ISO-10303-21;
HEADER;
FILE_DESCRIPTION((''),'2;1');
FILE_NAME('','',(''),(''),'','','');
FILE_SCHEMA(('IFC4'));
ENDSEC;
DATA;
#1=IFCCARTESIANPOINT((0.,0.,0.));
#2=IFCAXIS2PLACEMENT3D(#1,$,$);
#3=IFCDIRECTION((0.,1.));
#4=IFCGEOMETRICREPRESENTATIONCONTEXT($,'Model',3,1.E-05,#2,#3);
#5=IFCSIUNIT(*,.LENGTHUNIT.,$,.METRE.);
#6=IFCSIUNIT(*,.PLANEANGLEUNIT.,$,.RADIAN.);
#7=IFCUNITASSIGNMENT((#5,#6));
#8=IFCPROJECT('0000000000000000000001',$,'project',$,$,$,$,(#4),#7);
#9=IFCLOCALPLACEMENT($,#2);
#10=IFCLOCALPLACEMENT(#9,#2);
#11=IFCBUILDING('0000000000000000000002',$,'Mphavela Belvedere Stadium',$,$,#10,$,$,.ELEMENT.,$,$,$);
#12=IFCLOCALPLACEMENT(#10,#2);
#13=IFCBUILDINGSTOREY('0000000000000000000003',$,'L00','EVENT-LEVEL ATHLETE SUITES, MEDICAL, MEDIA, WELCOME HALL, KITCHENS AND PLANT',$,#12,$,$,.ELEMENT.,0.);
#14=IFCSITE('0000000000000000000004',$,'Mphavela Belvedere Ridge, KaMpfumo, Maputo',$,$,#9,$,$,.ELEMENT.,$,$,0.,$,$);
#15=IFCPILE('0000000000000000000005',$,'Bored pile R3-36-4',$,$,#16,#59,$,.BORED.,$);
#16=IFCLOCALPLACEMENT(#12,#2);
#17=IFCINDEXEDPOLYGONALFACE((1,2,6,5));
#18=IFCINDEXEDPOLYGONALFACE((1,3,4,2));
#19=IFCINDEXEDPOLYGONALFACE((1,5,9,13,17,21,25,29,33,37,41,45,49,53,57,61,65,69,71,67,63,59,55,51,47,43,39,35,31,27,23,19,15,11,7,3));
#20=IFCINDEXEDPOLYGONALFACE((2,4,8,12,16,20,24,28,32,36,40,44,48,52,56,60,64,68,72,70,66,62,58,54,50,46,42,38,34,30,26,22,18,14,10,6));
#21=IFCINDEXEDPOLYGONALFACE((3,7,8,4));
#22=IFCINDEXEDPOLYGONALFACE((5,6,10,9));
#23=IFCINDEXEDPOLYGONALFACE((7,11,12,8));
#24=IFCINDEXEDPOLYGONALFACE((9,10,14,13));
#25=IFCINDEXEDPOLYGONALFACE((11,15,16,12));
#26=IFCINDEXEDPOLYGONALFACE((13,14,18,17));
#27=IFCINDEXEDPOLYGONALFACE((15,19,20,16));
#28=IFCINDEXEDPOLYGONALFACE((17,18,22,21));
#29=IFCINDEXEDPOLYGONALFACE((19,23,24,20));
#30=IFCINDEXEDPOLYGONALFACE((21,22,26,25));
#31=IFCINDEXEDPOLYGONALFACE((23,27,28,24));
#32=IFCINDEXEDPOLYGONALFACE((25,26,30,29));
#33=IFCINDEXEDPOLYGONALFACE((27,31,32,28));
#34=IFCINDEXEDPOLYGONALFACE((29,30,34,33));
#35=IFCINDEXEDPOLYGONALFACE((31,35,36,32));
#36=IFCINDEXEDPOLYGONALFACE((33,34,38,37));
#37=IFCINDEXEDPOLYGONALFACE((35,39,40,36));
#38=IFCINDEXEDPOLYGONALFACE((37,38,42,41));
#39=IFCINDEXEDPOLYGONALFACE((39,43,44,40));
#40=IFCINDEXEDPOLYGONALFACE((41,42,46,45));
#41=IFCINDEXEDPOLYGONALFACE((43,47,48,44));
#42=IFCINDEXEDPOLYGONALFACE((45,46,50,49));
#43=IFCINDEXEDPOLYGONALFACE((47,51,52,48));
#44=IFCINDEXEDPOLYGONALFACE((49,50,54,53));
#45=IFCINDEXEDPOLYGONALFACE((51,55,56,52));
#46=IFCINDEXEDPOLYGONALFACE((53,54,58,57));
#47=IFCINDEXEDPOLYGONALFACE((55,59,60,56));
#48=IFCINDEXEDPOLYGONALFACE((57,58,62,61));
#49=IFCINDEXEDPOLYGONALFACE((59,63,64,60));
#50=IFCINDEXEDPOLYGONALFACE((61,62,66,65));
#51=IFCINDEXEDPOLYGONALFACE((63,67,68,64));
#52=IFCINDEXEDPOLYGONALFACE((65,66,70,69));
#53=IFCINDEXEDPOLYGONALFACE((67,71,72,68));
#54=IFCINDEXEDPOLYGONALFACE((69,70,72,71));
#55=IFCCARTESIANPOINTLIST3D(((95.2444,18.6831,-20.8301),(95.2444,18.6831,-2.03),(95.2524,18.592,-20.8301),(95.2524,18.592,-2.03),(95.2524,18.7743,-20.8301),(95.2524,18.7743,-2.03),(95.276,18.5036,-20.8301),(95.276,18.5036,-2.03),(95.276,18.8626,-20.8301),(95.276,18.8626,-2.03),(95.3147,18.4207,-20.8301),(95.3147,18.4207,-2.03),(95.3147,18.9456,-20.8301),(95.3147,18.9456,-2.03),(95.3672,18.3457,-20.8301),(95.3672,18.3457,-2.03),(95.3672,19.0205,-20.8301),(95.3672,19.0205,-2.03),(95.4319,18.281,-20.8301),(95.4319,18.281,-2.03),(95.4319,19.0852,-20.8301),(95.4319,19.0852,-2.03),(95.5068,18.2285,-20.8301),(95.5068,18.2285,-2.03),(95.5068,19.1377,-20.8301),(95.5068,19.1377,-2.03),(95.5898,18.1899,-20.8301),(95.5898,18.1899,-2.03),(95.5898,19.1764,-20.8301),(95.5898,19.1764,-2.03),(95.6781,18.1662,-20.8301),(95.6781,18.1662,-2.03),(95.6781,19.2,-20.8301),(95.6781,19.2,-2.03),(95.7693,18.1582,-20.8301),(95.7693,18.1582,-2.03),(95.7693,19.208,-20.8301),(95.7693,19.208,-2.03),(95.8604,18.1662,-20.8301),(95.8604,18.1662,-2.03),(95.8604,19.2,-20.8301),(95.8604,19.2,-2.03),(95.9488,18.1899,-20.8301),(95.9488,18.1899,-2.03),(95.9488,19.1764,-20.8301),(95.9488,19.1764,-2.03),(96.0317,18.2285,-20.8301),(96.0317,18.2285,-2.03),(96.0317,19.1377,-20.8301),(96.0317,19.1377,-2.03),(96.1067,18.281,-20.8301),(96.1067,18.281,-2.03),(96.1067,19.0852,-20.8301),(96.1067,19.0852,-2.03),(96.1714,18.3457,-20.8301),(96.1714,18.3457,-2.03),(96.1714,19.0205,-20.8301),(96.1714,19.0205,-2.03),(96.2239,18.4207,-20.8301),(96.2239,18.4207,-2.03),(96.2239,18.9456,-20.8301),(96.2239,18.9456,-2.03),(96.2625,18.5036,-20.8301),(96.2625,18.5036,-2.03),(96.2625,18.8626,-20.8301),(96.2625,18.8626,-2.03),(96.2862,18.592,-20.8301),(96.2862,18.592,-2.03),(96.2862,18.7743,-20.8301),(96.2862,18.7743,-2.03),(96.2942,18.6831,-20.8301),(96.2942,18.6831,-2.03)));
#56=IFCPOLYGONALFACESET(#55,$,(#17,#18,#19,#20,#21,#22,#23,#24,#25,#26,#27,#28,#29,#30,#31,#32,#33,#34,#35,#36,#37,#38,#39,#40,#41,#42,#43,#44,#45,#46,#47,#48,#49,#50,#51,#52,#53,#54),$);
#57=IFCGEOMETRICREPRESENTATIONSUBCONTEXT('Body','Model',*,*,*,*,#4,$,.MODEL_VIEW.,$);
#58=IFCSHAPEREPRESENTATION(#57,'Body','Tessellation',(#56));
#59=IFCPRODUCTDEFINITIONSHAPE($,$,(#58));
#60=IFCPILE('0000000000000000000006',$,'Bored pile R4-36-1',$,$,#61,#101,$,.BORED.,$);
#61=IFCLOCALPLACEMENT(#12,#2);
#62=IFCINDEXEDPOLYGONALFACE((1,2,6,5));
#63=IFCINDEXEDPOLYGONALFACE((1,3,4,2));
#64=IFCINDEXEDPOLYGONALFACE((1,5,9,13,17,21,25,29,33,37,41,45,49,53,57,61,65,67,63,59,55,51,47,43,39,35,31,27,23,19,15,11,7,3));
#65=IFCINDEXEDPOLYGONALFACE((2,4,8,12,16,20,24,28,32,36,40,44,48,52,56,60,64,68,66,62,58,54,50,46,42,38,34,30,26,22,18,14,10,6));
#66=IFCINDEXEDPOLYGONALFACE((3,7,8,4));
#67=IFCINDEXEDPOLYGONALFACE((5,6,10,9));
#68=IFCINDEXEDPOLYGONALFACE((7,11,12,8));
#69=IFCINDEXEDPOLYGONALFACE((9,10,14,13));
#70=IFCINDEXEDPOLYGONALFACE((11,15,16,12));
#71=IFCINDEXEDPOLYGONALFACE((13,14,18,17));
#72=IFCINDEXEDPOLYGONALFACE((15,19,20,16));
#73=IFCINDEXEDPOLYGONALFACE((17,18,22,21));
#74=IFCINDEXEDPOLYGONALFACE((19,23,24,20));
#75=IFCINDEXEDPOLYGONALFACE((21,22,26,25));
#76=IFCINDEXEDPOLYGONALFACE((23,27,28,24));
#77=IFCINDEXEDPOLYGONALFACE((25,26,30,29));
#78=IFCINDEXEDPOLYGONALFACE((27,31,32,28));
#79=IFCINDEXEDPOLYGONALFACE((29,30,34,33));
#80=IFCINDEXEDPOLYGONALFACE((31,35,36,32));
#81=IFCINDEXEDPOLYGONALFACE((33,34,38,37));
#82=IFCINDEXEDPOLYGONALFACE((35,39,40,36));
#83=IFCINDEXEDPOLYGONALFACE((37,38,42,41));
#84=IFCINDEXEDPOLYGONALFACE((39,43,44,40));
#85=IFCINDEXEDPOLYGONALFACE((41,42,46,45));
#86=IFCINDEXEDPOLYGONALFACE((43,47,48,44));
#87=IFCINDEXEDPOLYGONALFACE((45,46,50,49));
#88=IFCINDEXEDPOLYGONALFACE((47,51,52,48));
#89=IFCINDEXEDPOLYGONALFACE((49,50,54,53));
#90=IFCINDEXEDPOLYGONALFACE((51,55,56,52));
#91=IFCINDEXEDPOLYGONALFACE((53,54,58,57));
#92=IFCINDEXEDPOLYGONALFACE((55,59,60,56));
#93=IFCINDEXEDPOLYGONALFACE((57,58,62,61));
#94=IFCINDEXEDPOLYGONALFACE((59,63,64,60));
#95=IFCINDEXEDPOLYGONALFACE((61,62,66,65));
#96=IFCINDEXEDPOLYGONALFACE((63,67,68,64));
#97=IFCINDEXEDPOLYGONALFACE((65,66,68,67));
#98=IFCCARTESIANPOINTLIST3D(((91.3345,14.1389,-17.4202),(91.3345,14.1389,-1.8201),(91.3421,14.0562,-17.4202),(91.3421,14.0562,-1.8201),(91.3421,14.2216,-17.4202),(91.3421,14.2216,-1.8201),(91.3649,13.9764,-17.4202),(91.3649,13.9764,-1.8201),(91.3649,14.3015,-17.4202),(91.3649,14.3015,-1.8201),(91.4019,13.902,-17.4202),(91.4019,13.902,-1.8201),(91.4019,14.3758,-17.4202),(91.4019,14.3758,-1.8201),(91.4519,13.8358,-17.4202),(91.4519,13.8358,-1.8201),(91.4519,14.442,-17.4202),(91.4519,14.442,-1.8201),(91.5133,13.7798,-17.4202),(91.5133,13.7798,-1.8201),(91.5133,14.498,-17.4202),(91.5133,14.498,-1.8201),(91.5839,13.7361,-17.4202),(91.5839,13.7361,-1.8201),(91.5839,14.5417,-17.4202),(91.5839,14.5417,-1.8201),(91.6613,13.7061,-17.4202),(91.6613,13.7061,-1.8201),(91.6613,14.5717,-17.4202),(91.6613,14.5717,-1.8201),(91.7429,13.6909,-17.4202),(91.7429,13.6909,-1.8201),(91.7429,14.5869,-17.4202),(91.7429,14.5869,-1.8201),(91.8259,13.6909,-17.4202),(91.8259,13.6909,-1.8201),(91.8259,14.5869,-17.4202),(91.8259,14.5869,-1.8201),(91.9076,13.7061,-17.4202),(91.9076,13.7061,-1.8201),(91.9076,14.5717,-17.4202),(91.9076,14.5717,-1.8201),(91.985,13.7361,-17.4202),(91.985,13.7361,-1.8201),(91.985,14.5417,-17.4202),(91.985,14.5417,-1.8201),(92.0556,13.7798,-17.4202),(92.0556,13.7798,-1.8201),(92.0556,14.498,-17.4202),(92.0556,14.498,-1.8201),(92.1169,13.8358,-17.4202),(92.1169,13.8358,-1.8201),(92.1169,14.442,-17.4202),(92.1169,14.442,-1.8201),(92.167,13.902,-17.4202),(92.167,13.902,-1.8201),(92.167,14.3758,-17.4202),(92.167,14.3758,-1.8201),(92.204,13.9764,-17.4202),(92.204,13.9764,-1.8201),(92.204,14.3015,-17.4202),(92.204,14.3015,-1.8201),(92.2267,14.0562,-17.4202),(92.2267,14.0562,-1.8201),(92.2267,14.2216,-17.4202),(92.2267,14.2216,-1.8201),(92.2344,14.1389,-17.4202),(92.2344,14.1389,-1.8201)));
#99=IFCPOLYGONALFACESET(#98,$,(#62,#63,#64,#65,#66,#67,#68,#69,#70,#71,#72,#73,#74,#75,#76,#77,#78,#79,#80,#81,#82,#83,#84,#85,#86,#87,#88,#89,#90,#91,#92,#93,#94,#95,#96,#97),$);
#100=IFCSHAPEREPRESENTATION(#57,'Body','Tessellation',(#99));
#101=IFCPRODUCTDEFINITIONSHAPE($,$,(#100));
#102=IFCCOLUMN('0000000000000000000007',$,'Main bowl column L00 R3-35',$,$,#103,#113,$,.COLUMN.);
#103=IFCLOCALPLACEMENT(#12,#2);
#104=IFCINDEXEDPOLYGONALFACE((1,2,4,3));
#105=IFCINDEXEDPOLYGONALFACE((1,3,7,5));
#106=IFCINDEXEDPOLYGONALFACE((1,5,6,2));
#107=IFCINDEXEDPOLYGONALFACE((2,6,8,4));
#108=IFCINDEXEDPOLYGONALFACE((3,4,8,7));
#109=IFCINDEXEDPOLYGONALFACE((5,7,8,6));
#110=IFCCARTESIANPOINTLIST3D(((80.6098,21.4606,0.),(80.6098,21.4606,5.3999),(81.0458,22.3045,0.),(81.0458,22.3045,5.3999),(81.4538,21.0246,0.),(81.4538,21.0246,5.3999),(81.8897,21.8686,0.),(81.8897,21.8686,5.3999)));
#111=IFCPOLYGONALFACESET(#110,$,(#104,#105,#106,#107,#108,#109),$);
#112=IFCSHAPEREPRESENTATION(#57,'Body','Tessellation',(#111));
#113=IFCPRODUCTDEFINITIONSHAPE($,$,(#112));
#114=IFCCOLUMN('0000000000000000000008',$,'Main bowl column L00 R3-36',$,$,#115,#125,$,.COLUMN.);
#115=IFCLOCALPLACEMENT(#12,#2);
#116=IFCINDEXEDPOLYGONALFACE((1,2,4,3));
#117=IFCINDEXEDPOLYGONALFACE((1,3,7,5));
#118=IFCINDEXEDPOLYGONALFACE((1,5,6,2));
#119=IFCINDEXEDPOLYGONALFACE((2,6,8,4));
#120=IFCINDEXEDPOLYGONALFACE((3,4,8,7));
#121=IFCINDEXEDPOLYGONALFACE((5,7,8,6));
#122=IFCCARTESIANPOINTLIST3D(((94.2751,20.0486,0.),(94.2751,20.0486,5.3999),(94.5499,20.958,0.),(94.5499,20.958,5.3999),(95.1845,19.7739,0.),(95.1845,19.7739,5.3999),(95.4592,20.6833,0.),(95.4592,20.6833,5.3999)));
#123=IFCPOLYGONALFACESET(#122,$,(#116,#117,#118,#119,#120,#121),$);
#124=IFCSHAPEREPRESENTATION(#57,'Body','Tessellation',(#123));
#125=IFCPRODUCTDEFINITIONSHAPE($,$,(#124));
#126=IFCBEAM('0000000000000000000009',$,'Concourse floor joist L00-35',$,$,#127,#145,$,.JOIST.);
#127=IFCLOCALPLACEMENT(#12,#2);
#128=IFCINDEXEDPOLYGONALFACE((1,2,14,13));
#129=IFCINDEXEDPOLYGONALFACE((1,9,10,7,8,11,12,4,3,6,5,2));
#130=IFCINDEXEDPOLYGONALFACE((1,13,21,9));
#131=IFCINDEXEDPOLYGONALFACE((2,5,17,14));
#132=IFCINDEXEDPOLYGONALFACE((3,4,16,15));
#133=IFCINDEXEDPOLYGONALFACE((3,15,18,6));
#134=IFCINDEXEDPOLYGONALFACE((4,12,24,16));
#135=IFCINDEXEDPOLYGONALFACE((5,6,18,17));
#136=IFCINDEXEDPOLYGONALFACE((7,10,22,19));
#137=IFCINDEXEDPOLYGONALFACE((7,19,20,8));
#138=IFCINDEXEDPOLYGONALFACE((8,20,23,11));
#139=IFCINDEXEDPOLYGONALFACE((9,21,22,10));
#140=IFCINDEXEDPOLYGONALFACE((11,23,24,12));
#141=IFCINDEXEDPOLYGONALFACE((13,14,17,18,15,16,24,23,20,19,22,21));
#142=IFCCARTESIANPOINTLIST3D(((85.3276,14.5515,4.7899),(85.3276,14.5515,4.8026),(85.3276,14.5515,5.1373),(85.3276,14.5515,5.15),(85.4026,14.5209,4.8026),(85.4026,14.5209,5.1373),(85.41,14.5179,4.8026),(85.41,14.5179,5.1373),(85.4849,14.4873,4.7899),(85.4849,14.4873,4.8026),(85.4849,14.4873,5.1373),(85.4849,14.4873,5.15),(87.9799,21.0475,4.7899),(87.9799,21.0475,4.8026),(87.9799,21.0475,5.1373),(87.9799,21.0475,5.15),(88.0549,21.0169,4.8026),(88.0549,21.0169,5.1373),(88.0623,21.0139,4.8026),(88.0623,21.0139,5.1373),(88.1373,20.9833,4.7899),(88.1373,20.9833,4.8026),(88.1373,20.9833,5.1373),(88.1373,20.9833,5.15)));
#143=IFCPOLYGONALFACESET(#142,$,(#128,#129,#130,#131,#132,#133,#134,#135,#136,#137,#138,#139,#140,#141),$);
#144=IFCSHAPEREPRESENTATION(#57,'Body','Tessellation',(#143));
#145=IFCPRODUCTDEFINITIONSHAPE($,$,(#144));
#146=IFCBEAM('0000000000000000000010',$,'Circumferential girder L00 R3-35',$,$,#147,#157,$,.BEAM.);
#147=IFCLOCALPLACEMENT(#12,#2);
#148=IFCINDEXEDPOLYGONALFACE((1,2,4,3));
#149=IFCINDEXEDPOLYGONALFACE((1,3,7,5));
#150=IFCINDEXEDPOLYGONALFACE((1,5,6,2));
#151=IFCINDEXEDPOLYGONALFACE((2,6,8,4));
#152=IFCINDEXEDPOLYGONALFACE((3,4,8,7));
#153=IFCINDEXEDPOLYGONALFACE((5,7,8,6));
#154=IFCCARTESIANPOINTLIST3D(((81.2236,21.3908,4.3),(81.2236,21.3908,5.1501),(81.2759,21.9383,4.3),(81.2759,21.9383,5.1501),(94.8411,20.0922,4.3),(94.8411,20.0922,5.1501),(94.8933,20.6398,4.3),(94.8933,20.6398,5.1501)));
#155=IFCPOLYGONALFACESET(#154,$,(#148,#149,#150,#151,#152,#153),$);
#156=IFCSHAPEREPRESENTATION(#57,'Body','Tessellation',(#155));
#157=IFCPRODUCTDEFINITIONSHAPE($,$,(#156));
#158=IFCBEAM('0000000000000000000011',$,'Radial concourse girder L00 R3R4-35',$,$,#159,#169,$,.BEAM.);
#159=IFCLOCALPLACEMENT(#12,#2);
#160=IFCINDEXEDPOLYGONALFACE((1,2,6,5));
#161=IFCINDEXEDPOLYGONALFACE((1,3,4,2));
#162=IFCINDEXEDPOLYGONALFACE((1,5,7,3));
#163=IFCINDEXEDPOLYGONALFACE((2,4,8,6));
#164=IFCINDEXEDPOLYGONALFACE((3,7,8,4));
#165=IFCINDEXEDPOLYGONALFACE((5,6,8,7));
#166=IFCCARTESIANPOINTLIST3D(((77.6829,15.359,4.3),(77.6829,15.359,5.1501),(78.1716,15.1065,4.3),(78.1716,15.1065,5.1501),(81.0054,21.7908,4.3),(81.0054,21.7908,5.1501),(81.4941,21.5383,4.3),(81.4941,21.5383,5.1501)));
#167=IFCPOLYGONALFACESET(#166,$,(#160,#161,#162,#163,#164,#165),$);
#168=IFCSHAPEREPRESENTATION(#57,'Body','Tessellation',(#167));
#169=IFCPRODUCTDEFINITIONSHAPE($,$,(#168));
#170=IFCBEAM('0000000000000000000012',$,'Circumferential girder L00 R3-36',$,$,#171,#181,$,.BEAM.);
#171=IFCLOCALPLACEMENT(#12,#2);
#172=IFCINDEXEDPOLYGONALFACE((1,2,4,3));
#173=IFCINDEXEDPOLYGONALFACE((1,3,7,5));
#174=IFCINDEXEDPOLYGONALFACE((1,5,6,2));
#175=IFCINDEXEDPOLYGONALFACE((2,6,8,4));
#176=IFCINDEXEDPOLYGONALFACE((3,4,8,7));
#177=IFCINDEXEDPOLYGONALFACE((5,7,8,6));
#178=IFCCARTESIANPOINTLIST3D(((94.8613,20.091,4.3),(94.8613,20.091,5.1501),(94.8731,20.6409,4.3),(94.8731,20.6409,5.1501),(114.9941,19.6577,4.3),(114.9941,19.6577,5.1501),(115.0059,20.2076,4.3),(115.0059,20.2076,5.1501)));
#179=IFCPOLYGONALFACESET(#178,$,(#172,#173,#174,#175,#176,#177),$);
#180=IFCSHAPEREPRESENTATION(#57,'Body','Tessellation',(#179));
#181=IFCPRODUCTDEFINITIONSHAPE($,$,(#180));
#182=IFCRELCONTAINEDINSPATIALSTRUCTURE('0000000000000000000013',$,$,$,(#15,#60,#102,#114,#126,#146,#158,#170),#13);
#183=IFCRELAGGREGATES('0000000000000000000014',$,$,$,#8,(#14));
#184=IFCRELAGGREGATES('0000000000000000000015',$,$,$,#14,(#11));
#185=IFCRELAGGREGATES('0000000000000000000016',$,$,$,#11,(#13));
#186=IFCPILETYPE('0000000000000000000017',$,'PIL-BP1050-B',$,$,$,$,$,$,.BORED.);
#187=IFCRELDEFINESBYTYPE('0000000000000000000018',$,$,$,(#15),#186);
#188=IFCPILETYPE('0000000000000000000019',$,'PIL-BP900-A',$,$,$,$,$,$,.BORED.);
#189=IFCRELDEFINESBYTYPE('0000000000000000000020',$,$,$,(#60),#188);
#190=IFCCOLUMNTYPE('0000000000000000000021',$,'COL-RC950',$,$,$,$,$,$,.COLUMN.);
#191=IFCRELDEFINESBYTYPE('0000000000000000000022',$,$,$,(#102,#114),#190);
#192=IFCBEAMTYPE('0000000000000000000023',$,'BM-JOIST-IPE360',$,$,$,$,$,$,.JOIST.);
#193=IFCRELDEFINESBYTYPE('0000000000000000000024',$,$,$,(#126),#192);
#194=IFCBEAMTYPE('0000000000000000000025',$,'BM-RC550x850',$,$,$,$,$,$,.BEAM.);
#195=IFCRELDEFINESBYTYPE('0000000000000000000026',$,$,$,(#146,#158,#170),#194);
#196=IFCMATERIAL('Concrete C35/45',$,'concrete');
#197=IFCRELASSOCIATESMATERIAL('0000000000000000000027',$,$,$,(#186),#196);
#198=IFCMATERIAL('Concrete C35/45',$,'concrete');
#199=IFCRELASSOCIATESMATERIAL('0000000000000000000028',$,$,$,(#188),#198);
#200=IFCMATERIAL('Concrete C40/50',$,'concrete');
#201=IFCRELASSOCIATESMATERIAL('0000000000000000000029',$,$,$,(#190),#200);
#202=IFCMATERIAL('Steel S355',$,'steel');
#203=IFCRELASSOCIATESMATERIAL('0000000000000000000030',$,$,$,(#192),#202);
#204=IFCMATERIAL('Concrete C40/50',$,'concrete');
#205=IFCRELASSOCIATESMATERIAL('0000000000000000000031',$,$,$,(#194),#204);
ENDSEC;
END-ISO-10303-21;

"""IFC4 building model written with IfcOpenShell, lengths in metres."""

from ifc_helpers import new_model, si_unit, direction, frame, origin, origin_2d, place, context, subcontext, project, spatial, rectangle, circle, i_section, extrude, material, material_profile, profile_set, type_object, element, save


model = new_model("IFC4")

# Units and contexts
model_context = context("Model", 3, precision=1e-05, world=origin(), true_north=direction((0.0, 1.0)))
body_context = subcontext(model_context, "Body", "Model", "MODEL_VIEW")
ifc_project = project(units=[si_unit("LENGTHUNIT", "METRE"), si_unit("PLANEANGLEUNIT", "RADIAN")], contexts=[model_context])

# Site, building, storey
site_placement = place(None, origin())
site = spatial("IfcSite", under=ifc_project, at=site_placement, Name="Mphavela Belvedere Ridge, KaMpfumo, Maputo", CompositionType="ELEMENT", RefElevation=0.0)
building_placement = place(site_placement, origin())
building = spatial("IfcBuilding", under=site, at=building_placement, Name="Mphavela Belvedere Stadium", CompositionType="ELEMENT")
storey_placement = place(building_placement, origin())
storey = spatial("IfcBuildingStorey", under=building, at=storey_placement, Name="L00", Description="EVENT-LEVEL ATHLETE SUITES, MEDICAL, MEDIA, WELCOME HALL, KITCHENS AND PLANT", CompositionType="ELEMENT", Elevation=0.0)

# Piles
ifc_material_1 = material(Name="Concrete C35/45", Category="concrete")
ifc_material_profile_1 = material_profile(ifc_material_1, circle(Radius=0.5249, at=origin_2d()), Name="BP D1050")
ifc_profile_set_1 = profile_set([ifc_material_profile_1], Name="Concrete C35/45")
pile_type_1 = type_object("IfcPileType", Name="PIL-BP1050-B", PredefinedType="BORED", material=ifc_profile_set_1)
for number, where, z_axis, x_axis, name in (
    (1, (95.7693, 18.6831, -2.03), (0.0, 0.0, -1.0), (1.0, 0.0, 0.0), "Bored pile R3-36-4"),
):
    element("IfcPile", number, at=place(storey_placement, frame(where, z_axis=z_axis, x_axis=x_axis)), inside=storey, type_object=pile_type_1, Name=name, PredefinedType="BORED", context=body_context, shape_type="SweptSolid", body=[
        extrude(circle(Radius=0.5249, at=origin_2d()), origin(), (0.0, 0.0, 1.0), 18.8),
    ])
ifc_material_2 = material(Name="Concrete C35/45", Category="concrete")
ifc_material_profile_2 = material_profile(ifc_material_2, circle(Radius=0.45, at=origin_2d()), Name="BP D900")
ifc_profile_set_2 = profile_set([ifc_material_profile_2], Name="Concrete C35/45")
pile_type_2 = type_object("IfcPileType", Name="PIL-BP900-A", PredefinedType="BORED", material=ifc_profile_set_2)
pile_placement = place(storey_placement, frame((91.7844, 14.1389, -1.8201), z_axis=(0.0, 0.0, -1.0), x_axis=(1.0, 0.0, 0.0)))
element("IfcPile", 2, at=pile_placement, inside=storey, type_object=pile_type_2, Name="Bored pile R4-36-1", PredefinedType="BORED", context=body_context, shape_type="SweptSolid", body=[
    extrude(circle(Radius=0.45, at=origin_2d()), origin(), (0.0, 0.0, 1.0), 15.6001),
])

# Columns
ifc_material_3 = material(Name="Concrete C40/50", Category="concrete")
ifc_material_profile_3 = material_profile(ifc_material_3, rectangle(XDim=0.95, YDim=0.95, at=origin_2d()), Name="RC 950x950")
ifc_profile_set_3 = profile_set([ifc_material_profile_3], Name="Concrete C40/50")
column_type = type_object("IfcColumnType", Name="COL-RC950", PredefinedType="COLUMN", material=ifc_profile_set_3)
for number, where, z_axis, x_axis, name in (
    (3, (81.2498, 21.6646, 0.0), (0.0, 0.0, 1.0), (-0.45896, -0.888457, 0.0), "Main bowl column L00 R3-35"),
    (4, (94.8672, 20.366, 0.0), (0.0, 0.0, 1.0), (-0.289199, -0.957269, 0.0), "Main bowl column L00 R3-36"),
):
    element("IfcColumn", number, at=place(storey_placement, frame(where, z_axis=z_axis, x_axis=x_axis)), inside=storey, type_object=column_type, Name=name, PredefinedType="COLUMN", context=body_context, shape_type="SweptSolid", body=[
        extrude(rectangle(XDim=0.95, YDim=0.95, at=origin_2d()), origin(), (0.0, 0.0, 1.0), 5.3999),
    ])

# Beams
ifc_material_4 = material(Name="Steel S355", Category="steel")
ifc_material_profile_4 = material_profile(ifc_material_4, i_section(OverallWidth=0.1699, OverallDepth=0.3601, WebThickness=0.0081, FlangeThickness=0.0127, at=origin_2d()), Name="IPE 360")
ifc_profile_set_4 = profile_set([ifc_material_profile_4], Name="Steel S355")
beam_type_1 = type_object("IfcBeamType", Name="BM-JOIST-IPE360", PredefinedType="JOIST", material=ifc_profile_set_4)
beam_1_placement = place(storey_placement, frame((88.0586, 21.0154, 4.97), z_axis=(-0.378004, -0.925804, 0.0), x_axis=(0.925804, -0.378004, 0.0)))
element("IfcBeam", 5, at=beam_1_placement, inside=storey, type_object=beam_type_1, Name="Concourse floor joist L00-35", PredefinedType="JOIST", context=body_context, shape_type="SweptSolid", body=[
    extrude(i_section(OverallWidth=0.1699, OverallDepth=0.3601, WebThickness=0.0081, FlangeThickness=0.0127, at=origin_2d()), origin(), (0.0, 0.0, 1.0), 7.0166),
])
ifc_material_5 = material(Name="Concrete C40/50", Category="concrete")
ifc_material_profile_5 = material_profile(ifc_material_5, rectangle(XDim=0.55, YDim=0.8501, at=origin_2d()), Name="RC 550x850")
ifc_profile_set_5 = profile_set([ifc_material_profile_5], Name="Concrete C40/50")
beam_type_2 = type_object("IfcBeamType", Name="BM-RC550x850", PredefinedType="BEAM", material=ifc_profile_set_5)
beam_2_placement = place(storey_placement, frame((81.2498, 21.6646, 4.7251), z_axis=(0.995484, -0.094931, 0.0), x_axis=(0.094931, 0.995484, 0.0)))
element("IfcBeam", 6, at=beam_2_placement, inside=storey, type_object=beam_type_2, Name="Circumferential girder L00 R3-35", PredefinedType="BEAM", context=body_context, shape_type="SweptSolid", body=[
    extrude(rectangle(XDim=0.55, YDim=0.8501, at=origin_2d()), origin(), (0.0, 0.0, 1.0), 13.6792),
])
beam_3_placement = place(storey_placement, frame((81.2498, 21.6646, 4.7251), z_axis=(-0.458951, -0.888461, 0.0), x_axis=(0.888461, -0.458951, 0.0)))
element("IfcBeam", 7, at=beam_3_placement, inside=storey, type_object=beam_type_2, Name="Radial concourse girder L00 R3R4-35", PredefinedType="BEAM", context=body_context, shape_type="SweptSolid", body=[
    extrude(rectangle(XDim=0.55, YDim=0.8501, at=origin_2d()), origin(), (0.0, 0.0, 1.0), 7.2393),
])
beam_4_placement = place(storey_placement, frame((94.8672, 20.366, 4.7251), z_axis=(0.999768, -0.02152, 0.0), x_axis=(0.02152, 0.999768, 0.0)))
element("IfcBeam", 8, at=beam_4_placement, inside=storey, type_object=beam_type_2, Name="Circumferential girder L00 R3-36", PredefinedType="BEAM", context=body_context, shape_type="SweptSolid", body=[
    extrude(rectangle(XDim=0.55, YDim=0.8501, at=origin_2d()), origin(), (0.0, 0.0, 1.0), 20.1375),
])

save(model, "model.ifc")
